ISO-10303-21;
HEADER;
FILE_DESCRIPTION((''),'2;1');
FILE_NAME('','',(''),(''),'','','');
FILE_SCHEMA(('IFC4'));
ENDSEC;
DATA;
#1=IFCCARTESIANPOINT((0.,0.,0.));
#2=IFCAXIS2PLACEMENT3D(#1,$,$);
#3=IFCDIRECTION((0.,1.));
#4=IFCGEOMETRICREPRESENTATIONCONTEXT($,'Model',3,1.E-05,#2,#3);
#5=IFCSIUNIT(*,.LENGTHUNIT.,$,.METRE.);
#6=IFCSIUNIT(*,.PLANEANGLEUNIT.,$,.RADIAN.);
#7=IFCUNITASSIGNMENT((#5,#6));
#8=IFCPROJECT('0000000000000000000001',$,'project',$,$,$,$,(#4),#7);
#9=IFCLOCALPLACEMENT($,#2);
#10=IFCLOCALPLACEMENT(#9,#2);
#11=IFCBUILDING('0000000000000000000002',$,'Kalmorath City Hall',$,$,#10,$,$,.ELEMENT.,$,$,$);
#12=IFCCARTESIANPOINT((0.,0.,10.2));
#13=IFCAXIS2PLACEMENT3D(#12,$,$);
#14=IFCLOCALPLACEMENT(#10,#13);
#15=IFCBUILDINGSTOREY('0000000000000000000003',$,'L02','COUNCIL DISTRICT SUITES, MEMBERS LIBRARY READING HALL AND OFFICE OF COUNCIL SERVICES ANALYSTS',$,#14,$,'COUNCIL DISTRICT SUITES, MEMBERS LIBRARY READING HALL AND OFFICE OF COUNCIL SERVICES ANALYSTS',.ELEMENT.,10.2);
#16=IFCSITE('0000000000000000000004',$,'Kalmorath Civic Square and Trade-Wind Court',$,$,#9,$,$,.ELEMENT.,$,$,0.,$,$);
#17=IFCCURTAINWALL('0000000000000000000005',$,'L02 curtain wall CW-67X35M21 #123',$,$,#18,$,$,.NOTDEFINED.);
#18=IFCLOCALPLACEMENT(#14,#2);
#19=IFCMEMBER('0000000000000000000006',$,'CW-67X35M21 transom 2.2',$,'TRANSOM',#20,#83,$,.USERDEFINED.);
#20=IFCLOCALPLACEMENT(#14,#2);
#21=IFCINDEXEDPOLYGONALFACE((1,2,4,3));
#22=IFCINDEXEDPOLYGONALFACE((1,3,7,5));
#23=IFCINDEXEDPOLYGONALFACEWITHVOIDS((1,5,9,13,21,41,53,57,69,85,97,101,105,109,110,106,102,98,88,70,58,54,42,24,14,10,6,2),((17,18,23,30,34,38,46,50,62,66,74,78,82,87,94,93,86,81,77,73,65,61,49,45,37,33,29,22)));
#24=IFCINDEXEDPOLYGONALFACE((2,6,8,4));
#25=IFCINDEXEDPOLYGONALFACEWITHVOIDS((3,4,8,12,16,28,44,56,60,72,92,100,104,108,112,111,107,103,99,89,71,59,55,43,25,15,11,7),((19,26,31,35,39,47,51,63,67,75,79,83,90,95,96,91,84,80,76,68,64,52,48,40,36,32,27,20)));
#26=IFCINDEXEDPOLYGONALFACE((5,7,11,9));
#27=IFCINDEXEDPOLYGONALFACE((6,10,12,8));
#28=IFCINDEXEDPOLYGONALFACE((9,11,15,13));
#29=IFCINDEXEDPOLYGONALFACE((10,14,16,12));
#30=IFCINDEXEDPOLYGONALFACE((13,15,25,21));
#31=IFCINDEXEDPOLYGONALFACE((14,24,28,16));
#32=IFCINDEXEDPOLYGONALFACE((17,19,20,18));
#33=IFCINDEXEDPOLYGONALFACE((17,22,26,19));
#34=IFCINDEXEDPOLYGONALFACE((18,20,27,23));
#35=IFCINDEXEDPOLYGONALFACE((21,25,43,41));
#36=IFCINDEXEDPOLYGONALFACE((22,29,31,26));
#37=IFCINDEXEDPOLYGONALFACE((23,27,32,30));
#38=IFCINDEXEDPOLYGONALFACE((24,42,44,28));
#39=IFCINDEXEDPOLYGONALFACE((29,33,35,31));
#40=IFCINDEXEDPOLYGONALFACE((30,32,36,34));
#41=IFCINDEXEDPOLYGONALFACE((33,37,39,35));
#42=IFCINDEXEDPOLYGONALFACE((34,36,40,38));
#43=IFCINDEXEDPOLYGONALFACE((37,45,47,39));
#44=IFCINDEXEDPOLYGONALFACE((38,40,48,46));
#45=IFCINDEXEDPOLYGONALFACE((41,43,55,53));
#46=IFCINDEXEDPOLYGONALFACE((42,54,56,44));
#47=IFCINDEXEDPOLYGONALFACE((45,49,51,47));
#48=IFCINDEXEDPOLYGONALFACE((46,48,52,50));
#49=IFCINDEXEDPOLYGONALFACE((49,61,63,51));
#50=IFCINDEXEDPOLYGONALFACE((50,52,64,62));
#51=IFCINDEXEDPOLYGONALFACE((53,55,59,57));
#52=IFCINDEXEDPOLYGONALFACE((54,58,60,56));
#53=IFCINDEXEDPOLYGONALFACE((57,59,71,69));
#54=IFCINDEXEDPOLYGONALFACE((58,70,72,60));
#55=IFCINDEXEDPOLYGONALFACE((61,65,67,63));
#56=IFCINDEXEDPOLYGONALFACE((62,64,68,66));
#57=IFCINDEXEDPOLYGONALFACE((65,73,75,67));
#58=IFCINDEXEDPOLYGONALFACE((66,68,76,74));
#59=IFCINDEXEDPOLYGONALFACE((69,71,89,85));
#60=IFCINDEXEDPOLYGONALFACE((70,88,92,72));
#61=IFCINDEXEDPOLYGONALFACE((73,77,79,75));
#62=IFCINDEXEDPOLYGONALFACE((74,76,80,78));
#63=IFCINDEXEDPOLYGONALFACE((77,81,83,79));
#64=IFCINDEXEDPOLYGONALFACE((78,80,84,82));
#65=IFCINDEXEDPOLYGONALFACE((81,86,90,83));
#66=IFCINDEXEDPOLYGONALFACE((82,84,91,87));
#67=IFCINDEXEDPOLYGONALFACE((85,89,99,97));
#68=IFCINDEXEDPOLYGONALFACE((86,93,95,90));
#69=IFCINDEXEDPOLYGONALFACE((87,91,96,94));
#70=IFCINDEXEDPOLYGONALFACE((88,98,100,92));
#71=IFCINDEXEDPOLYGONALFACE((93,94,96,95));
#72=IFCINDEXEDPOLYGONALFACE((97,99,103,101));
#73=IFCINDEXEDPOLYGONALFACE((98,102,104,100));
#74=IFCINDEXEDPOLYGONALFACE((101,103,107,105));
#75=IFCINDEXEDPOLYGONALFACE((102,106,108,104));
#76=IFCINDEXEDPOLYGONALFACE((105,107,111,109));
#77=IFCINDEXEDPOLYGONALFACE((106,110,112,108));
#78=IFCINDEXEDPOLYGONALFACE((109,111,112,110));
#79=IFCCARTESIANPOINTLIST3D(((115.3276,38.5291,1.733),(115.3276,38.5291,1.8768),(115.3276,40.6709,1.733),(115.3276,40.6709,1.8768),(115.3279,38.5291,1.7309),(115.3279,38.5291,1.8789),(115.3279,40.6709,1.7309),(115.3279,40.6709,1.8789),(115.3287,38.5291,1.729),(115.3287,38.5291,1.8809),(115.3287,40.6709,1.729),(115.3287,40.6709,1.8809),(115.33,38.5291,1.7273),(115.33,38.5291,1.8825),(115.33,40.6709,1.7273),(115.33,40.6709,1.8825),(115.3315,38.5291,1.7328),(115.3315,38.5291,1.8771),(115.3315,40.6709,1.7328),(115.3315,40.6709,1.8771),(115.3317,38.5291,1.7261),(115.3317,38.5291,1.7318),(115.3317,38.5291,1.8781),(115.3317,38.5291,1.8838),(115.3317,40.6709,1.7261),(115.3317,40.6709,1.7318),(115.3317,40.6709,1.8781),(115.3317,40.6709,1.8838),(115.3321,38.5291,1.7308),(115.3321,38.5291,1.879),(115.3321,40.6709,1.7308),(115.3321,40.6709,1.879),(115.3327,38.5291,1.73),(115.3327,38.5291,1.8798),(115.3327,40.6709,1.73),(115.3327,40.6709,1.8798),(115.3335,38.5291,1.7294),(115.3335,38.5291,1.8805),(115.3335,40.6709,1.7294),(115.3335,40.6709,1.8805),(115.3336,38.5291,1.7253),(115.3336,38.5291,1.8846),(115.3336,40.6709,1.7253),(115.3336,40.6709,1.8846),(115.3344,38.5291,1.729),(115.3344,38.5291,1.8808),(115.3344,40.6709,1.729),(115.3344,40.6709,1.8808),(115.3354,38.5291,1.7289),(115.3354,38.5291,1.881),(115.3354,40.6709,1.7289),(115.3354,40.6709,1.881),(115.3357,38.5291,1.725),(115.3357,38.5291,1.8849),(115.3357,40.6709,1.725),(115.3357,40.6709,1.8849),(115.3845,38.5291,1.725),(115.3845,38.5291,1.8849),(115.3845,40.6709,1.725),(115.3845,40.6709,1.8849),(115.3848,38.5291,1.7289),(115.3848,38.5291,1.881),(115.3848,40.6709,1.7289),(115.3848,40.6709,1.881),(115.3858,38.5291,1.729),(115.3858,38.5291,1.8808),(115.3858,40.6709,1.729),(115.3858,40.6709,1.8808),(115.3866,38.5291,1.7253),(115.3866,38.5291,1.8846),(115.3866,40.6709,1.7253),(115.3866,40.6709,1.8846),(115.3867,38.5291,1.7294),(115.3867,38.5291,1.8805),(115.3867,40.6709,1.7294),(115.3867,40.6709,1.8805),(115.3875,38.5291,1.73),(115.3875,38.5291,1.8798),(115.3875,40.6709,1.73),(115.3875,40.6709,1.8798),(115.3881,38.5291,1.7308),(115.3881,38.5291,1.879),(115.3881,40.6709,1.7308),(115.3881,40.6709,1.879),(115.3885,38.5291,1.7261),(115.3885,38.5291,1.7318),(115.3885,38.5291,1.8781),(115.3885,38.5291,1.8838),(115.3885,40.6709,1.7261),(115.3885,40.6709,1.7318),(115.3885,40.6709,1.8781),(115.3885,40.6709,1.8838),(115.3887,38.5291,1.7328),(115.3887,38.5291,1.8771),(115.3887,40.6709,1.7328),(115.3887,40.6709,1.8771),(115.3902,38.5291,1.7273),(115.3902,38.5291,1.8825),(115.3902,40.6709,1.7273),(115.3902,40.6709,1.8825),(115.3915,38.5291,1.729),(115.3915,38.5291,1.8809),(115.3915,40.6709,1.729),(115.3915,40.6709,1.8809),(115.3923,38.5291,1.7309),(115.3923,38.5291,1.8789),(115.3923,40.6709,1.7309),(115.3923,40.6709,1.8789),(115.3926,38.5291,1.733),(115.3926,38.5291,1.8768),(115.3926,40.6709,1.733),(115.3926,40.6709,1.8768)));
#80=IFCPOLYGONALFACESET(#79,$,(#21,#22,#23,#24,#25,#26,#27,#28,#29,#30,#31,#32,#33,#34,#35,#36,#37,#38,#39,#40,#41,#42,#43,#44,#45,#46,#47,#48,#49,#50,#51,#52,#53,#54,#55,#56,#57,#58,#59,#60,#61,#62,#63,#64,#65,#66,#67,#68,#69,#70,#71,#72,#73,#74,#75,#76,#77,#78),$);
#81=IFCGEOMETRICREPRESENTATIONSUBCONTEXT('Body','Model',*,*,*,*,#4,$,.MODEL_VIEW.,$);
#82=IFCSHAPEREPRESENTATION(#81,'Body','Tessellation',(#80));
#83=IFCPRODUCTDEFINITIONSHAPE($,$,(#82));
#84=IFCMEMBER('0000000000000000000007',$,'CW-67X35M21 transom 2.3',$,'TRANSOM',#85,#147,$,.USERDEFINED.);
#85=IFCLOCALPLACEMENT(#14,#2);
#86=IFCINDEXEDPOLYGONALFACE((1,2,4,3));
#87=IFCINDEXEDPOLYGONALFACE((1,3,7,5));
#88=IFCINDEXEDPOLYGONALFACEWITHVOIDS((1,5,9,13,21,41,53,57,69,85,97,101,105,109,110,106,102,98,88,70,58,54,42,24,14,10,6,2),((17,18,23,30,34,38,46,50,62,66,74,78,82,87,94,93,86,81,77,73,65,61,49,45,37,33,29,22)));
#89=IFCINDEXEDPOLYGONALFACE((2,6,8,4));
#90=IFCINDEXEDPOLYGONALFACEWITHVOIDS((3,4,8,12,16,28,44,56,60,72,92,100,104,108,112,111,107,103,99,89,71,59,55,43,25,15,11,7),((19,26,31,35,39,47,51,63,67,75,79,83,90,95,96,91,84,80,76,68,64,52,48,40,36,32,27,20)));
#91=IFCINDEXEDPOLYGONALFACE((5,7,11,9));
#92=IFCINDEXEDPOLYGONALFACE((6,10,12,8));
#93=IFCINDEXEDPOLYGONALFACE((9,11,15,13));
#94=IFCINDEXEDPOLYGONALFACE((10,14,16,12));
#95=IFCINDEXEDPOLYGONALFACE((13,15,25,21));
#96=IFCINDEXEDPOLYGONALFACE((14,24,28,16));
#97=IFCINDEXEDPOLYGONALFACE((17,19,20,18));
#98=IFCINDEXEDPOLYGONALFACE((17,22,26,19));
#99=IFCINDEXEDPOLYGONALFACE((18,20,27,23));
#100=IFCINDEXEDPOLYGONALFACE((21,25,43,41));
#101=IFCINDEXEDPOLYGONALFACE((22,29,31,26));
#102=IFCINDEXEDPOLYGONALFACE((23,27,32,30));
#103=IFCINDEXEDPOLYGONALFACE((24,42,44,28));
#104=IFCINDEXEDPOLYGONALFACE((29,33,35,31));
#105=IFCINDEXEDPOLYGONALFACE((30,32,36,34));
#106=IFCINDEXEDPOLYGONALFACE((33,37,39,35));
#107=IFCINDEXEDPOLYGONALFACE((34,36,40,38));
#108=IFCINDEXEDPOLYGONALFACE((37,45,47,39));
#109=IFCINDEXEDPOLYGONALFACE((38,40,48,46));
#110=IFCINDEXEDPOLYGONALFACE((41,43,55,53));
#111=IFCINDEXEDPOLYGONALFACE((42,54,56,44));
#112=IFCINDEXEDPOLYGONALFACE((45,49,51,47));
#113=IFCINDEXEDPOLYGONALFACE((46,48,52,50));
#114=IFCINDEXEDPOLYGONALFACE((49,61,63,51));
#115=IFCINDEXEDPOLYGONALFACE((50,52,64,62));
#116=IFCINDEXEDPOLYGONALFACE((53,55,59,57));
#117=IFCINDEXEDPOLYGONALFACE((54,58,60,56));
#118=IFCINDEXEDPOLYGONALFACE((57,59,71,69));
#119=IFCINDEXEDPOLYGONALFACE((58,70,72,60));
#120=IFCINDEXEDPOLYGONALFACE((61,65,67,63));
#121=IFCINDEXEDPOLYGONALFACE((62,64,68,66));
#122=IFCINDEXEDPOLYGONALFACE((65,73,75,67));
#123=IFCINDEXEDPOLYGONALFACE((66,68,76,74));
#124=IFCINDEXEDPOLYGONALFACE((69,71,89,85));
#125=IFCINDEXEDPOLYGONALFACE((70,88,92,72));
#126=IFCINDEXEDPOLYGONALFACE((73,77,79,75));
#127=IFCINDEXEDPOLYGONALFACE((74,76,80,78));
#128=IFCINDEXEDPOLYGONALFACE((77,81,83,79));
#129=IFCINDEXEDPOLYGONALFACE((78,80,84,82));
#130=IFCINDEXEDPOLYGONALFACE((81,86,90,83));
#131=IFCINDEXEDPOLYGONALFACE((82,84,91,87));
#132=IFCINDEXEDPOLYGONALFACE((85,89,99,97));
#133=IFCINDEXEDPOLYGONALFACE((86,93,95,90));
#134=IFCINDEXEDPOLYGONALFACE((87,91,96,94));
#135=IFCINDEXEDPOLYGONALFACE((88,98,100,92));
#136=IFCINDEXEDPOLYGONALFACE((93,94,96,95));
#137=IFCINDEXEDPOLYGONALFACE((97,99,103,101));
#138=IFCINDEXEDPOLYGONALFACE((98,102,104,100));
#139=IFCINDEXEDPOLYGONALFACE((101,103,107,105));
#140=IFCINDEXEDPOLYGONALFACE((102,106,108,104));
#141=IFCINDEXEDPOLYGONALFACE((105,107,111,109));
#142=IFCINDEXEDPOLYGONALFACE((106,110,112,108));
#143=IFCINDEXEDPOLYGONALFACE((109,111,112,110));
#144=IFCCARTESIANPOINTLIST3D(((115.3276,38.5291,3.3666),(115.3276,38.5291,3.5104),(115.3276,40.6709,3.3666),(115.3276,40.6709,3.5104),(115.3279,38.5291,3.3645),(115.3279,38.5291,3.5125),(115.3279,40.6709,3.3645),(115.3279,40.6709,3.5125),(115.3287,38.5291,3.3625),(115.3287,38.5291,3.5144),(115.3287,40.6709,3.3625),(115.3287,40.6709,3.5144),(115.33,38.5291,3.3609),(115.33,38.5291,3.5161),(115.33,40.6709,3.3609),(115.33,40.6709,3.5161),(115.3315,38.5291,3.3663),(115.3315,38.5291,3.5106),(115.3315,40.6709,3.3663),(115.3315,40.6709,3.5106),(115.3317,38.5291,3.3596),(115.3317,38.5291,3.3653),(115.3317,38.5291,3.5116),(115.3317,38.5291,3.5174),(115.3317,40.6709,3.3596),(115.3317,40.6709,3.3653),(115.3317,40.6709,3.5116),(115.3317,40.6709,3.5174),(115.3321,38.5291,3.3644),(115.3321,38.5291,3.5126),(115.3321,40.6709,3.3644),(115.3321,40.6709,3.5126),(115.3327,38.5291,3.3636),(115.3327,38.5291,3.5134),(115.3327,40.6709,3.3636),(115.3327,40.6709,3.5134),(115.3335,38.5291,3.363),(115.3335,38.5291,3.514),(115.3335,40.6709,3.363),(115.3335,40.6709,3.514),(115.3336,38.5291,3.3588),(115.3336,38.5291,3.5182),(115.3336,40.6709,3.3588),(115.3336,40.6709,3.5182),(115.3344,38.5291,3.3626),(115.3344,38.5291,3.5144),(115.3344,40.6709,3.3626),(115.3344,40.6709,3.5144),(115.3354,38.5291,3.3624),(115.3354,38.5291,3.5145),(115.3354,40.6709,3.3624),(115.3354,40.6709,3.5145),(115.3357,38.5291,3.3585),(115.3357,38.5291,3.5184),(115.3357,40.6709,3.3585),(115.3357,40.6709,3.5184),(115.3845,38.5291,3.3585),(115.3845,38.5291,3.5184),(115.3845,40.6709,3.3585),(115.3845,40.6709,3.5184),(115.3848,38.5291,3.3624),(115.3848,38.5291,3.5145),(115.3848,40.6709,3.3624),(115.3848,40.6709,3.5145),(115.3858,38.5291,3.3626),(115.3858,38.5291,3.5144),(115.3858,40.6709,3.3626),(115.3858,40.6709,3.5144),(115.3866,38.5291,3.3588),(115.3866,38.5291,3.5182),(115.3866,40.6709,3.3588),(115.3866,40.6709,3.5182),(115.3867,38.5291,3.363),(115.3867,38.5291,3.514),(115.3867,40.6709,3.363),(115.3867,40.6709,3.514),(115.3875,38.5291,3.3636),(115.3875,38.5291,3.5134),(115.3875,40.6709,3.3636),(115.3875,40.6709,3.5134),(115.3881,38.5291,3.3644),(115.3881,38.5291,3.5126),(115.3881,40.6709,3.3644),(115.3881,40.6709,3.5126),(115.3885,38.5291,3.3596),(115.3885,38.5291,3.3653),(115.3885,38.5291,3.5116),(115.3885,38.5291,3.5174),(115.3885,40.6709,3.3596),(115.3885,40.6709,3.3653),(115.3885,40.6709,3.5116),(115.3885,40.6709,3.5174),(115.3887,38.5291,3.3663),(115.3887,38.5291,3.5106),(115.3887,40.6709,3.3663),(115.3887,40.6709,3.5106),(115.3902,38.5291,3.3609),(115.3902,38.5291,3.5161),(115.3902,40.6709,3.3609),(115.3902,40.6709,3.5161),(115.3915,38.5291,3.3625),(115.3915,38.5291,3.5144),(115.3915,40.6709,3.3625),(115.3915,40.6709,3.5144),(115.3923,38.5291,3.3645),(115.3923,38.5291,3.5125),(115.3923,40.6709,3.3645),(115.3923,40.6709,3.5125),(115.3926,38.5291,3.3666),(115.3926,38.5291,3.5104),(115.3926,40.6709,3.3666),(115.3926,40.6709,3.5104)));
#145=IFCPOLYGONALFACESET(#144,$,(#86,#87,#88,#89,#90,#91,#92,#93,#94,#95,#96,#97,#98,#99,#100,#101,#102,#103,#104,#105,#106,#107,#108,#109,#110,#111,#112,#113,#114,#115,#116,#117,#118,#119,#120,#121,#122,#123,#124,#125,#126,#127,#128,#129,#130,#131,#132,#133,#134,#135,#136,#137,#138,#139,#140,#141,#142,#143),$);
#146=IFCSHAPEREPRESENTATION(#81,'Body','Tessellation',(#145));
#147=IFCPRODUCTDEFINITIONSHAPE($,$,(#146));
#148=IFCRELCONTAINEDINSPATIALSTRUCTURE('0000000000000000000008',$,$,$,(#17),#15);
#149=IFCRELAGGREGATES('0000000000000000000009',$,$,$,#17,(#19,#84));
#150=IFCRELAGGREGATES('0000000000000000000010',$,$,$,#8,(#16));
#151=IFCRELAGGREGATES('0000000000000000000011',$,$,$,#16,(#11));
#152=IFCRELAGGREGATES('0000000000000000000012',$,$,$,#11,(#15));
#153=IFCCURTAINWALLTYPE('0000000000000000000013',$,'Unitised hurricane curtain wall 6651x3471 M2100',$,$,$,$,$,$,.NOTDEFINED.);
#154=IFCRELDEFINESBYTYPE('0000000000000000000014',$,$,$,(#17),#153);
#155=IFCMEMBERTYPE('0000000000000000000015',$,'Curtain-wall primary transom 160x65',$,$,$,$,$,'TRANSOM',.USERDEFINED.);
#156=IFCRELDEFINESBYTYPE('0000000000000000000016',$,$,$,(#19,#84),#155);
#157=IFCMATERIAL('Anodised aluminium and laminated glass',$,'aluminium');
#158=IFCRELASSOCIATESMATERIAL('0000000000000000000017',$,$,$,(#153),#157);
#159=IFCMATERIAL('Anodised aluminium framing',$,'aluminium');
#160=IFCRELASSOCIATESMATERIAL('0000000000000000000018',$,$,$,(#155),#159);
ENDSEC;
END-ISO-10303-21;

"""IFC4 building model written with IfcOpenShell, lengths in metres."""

from ifc_helpers import new_model, si_unit, direction, frame, origin, origin_2d, place, context, subcontext, project, spatial, hollow_rectangle, extrude, material, material_profile, profile_set, type_object, element, aggregate, save


model = new_model("IFC4")

# Units and contexts
model_context = context("Model", 3, precision=1e-05, world=origin(), true_north=direction((0.0, 1.0)))
body_context = subcontext(model_context, "Body", "Model", "MODEL_VIEW")
ifc_project = project(units=[si_unit("LENGTHUNIT", "METRE"), si_unit("PLANEANGLEUNIT", "RADIAN")], contexts=[model_context])

# Site, building, storey
site_placement = place(None, origin())
site = spatial("IfcSite", under=ifc_project, at=site_placement, Name="Kalmorath Civic Square and Trade-Wind Court", CompositionType="ELEMENT", RefElevation=0.0)
building_placement = place(site_placement, origin())
building = spatial("IfcBuilding", under=site, at=building_placement, Name="Kalmorath City Hall", CompositionType="ELEMENT")
storey_placement = place(building_placement, frame((0.0, 0.0, 10.2)))
storey = spatial("IfcBuildingStorey", under=building, at=storey_placement, Name="L02", Description="COUNCIL DISTRICT SUITES, MEMBERS LIBRARY READING HALL AND OFFICE OF COUNCIL SERVICES ANALYSTS", LongName="COUNCIL DISTRICT SUITES, MEMBERS LIBRARY READING HALL AND OFFICE OF COUNCIL SERVICES ANALYSTS", CompositionType="ELEMENT", Elevation=10.2)

# Curtain wall, members
ifc_material_1 = material(Name="Anodised aluminium and laminated glass", Category="aluminium")
curtain_wall_type_1 = type_object("IfcCurtainWallType", Name="Unitised hurricane curtain wall 6651x3471 M2100", PredefinedType="NOTDEFINED", material=ifc_material_1)
curtain_wall_1_placement = place(storey_placement, origin())
curtain_wall_1 = element("IfcCurtainWall", 1, at=curtain_wall_1_placement, inside=storey, type_object=curtain_wall_type_1, Name="L02 curtain wall CW-67X35M21 #123", PredefinedType="NOTDEFINED")
ifc_material_2 = material(Name="Anodised aluminium framing", Category="aluminium")
ifc_material_profile_1 = material_profile(ifc_material_2, hollow_rectangle(XDim=0.0649, YDim=0.1599, WallThickness=0.0039, InnerFilletRadius=0.0039, OuterFilletRadius=0.0081, at=origin_2d()), Name="ALU-TRN-160X65X4")
ifc_profile_set_1 = profile_set([ifc_material_profile_1], Name="Anodised aluminium framing")
member_type_1 = type_object("IfcMemberType", Name="Curtain-wall primary transom 160x65", ElementType="TRANSOM", PredefinedType="USERDEFINED", material=ifc_profile_set_1)
member_1_placement = place(storey_placement, frame((115.3601, 38.5291, 1.8049), z_axis=(0.0, 1.0, 0.0), x_axis=(-1.0, 0.0, 0.0)))
member_1 = element("IfcMember", 2, at=member_1_placement, type_object=member_type_1, Name="CW-67X35M21 transom 2.2", ObjectType="TRANSOM", PredefinedType="USERDEFINED", context=body_context, shape_type="SweptSolid", body=[
    extrude(hollow_rectangle(XDim=0.0649, YDim=0.1599, WallThickness=0.0039, InnerFilletRadius=0.0039, OuterFilletRadius=0.0081, at=origin_2d()), origin(), (0.0, 0.0, 1.0), 2.1418),
])
member_2_placement = place(storey_placement, frame((115.3601, 38.5291, 3.4385), z_axis=(0.0, 1.0, 0.0), x_axis=(-1.0, 0.0, 0.0)))
member_2 = element("IfcMember", 3, at=member_2_placement, type_object=member_type_1, Name="CW-67X35M21 transom 2.3", ObjectType="TRANSOM", PredefinedType="USERDEFINED", context=body_context, shape_type="SweptSolid", body=[
    extrude(hollow_rectangle(XDim=0.0649, YDim=0.1599, WallThickness=0.0039, InnerFilletRadius=0.0039, OuterFilletRadius=0.0081, at=origin_2d()), origin(), (0.0, 0.0, 1.0), 2.1418),
])
aggregate(curtain_wall_1, [member_1, member_2])

save(model, "model.ifc")
